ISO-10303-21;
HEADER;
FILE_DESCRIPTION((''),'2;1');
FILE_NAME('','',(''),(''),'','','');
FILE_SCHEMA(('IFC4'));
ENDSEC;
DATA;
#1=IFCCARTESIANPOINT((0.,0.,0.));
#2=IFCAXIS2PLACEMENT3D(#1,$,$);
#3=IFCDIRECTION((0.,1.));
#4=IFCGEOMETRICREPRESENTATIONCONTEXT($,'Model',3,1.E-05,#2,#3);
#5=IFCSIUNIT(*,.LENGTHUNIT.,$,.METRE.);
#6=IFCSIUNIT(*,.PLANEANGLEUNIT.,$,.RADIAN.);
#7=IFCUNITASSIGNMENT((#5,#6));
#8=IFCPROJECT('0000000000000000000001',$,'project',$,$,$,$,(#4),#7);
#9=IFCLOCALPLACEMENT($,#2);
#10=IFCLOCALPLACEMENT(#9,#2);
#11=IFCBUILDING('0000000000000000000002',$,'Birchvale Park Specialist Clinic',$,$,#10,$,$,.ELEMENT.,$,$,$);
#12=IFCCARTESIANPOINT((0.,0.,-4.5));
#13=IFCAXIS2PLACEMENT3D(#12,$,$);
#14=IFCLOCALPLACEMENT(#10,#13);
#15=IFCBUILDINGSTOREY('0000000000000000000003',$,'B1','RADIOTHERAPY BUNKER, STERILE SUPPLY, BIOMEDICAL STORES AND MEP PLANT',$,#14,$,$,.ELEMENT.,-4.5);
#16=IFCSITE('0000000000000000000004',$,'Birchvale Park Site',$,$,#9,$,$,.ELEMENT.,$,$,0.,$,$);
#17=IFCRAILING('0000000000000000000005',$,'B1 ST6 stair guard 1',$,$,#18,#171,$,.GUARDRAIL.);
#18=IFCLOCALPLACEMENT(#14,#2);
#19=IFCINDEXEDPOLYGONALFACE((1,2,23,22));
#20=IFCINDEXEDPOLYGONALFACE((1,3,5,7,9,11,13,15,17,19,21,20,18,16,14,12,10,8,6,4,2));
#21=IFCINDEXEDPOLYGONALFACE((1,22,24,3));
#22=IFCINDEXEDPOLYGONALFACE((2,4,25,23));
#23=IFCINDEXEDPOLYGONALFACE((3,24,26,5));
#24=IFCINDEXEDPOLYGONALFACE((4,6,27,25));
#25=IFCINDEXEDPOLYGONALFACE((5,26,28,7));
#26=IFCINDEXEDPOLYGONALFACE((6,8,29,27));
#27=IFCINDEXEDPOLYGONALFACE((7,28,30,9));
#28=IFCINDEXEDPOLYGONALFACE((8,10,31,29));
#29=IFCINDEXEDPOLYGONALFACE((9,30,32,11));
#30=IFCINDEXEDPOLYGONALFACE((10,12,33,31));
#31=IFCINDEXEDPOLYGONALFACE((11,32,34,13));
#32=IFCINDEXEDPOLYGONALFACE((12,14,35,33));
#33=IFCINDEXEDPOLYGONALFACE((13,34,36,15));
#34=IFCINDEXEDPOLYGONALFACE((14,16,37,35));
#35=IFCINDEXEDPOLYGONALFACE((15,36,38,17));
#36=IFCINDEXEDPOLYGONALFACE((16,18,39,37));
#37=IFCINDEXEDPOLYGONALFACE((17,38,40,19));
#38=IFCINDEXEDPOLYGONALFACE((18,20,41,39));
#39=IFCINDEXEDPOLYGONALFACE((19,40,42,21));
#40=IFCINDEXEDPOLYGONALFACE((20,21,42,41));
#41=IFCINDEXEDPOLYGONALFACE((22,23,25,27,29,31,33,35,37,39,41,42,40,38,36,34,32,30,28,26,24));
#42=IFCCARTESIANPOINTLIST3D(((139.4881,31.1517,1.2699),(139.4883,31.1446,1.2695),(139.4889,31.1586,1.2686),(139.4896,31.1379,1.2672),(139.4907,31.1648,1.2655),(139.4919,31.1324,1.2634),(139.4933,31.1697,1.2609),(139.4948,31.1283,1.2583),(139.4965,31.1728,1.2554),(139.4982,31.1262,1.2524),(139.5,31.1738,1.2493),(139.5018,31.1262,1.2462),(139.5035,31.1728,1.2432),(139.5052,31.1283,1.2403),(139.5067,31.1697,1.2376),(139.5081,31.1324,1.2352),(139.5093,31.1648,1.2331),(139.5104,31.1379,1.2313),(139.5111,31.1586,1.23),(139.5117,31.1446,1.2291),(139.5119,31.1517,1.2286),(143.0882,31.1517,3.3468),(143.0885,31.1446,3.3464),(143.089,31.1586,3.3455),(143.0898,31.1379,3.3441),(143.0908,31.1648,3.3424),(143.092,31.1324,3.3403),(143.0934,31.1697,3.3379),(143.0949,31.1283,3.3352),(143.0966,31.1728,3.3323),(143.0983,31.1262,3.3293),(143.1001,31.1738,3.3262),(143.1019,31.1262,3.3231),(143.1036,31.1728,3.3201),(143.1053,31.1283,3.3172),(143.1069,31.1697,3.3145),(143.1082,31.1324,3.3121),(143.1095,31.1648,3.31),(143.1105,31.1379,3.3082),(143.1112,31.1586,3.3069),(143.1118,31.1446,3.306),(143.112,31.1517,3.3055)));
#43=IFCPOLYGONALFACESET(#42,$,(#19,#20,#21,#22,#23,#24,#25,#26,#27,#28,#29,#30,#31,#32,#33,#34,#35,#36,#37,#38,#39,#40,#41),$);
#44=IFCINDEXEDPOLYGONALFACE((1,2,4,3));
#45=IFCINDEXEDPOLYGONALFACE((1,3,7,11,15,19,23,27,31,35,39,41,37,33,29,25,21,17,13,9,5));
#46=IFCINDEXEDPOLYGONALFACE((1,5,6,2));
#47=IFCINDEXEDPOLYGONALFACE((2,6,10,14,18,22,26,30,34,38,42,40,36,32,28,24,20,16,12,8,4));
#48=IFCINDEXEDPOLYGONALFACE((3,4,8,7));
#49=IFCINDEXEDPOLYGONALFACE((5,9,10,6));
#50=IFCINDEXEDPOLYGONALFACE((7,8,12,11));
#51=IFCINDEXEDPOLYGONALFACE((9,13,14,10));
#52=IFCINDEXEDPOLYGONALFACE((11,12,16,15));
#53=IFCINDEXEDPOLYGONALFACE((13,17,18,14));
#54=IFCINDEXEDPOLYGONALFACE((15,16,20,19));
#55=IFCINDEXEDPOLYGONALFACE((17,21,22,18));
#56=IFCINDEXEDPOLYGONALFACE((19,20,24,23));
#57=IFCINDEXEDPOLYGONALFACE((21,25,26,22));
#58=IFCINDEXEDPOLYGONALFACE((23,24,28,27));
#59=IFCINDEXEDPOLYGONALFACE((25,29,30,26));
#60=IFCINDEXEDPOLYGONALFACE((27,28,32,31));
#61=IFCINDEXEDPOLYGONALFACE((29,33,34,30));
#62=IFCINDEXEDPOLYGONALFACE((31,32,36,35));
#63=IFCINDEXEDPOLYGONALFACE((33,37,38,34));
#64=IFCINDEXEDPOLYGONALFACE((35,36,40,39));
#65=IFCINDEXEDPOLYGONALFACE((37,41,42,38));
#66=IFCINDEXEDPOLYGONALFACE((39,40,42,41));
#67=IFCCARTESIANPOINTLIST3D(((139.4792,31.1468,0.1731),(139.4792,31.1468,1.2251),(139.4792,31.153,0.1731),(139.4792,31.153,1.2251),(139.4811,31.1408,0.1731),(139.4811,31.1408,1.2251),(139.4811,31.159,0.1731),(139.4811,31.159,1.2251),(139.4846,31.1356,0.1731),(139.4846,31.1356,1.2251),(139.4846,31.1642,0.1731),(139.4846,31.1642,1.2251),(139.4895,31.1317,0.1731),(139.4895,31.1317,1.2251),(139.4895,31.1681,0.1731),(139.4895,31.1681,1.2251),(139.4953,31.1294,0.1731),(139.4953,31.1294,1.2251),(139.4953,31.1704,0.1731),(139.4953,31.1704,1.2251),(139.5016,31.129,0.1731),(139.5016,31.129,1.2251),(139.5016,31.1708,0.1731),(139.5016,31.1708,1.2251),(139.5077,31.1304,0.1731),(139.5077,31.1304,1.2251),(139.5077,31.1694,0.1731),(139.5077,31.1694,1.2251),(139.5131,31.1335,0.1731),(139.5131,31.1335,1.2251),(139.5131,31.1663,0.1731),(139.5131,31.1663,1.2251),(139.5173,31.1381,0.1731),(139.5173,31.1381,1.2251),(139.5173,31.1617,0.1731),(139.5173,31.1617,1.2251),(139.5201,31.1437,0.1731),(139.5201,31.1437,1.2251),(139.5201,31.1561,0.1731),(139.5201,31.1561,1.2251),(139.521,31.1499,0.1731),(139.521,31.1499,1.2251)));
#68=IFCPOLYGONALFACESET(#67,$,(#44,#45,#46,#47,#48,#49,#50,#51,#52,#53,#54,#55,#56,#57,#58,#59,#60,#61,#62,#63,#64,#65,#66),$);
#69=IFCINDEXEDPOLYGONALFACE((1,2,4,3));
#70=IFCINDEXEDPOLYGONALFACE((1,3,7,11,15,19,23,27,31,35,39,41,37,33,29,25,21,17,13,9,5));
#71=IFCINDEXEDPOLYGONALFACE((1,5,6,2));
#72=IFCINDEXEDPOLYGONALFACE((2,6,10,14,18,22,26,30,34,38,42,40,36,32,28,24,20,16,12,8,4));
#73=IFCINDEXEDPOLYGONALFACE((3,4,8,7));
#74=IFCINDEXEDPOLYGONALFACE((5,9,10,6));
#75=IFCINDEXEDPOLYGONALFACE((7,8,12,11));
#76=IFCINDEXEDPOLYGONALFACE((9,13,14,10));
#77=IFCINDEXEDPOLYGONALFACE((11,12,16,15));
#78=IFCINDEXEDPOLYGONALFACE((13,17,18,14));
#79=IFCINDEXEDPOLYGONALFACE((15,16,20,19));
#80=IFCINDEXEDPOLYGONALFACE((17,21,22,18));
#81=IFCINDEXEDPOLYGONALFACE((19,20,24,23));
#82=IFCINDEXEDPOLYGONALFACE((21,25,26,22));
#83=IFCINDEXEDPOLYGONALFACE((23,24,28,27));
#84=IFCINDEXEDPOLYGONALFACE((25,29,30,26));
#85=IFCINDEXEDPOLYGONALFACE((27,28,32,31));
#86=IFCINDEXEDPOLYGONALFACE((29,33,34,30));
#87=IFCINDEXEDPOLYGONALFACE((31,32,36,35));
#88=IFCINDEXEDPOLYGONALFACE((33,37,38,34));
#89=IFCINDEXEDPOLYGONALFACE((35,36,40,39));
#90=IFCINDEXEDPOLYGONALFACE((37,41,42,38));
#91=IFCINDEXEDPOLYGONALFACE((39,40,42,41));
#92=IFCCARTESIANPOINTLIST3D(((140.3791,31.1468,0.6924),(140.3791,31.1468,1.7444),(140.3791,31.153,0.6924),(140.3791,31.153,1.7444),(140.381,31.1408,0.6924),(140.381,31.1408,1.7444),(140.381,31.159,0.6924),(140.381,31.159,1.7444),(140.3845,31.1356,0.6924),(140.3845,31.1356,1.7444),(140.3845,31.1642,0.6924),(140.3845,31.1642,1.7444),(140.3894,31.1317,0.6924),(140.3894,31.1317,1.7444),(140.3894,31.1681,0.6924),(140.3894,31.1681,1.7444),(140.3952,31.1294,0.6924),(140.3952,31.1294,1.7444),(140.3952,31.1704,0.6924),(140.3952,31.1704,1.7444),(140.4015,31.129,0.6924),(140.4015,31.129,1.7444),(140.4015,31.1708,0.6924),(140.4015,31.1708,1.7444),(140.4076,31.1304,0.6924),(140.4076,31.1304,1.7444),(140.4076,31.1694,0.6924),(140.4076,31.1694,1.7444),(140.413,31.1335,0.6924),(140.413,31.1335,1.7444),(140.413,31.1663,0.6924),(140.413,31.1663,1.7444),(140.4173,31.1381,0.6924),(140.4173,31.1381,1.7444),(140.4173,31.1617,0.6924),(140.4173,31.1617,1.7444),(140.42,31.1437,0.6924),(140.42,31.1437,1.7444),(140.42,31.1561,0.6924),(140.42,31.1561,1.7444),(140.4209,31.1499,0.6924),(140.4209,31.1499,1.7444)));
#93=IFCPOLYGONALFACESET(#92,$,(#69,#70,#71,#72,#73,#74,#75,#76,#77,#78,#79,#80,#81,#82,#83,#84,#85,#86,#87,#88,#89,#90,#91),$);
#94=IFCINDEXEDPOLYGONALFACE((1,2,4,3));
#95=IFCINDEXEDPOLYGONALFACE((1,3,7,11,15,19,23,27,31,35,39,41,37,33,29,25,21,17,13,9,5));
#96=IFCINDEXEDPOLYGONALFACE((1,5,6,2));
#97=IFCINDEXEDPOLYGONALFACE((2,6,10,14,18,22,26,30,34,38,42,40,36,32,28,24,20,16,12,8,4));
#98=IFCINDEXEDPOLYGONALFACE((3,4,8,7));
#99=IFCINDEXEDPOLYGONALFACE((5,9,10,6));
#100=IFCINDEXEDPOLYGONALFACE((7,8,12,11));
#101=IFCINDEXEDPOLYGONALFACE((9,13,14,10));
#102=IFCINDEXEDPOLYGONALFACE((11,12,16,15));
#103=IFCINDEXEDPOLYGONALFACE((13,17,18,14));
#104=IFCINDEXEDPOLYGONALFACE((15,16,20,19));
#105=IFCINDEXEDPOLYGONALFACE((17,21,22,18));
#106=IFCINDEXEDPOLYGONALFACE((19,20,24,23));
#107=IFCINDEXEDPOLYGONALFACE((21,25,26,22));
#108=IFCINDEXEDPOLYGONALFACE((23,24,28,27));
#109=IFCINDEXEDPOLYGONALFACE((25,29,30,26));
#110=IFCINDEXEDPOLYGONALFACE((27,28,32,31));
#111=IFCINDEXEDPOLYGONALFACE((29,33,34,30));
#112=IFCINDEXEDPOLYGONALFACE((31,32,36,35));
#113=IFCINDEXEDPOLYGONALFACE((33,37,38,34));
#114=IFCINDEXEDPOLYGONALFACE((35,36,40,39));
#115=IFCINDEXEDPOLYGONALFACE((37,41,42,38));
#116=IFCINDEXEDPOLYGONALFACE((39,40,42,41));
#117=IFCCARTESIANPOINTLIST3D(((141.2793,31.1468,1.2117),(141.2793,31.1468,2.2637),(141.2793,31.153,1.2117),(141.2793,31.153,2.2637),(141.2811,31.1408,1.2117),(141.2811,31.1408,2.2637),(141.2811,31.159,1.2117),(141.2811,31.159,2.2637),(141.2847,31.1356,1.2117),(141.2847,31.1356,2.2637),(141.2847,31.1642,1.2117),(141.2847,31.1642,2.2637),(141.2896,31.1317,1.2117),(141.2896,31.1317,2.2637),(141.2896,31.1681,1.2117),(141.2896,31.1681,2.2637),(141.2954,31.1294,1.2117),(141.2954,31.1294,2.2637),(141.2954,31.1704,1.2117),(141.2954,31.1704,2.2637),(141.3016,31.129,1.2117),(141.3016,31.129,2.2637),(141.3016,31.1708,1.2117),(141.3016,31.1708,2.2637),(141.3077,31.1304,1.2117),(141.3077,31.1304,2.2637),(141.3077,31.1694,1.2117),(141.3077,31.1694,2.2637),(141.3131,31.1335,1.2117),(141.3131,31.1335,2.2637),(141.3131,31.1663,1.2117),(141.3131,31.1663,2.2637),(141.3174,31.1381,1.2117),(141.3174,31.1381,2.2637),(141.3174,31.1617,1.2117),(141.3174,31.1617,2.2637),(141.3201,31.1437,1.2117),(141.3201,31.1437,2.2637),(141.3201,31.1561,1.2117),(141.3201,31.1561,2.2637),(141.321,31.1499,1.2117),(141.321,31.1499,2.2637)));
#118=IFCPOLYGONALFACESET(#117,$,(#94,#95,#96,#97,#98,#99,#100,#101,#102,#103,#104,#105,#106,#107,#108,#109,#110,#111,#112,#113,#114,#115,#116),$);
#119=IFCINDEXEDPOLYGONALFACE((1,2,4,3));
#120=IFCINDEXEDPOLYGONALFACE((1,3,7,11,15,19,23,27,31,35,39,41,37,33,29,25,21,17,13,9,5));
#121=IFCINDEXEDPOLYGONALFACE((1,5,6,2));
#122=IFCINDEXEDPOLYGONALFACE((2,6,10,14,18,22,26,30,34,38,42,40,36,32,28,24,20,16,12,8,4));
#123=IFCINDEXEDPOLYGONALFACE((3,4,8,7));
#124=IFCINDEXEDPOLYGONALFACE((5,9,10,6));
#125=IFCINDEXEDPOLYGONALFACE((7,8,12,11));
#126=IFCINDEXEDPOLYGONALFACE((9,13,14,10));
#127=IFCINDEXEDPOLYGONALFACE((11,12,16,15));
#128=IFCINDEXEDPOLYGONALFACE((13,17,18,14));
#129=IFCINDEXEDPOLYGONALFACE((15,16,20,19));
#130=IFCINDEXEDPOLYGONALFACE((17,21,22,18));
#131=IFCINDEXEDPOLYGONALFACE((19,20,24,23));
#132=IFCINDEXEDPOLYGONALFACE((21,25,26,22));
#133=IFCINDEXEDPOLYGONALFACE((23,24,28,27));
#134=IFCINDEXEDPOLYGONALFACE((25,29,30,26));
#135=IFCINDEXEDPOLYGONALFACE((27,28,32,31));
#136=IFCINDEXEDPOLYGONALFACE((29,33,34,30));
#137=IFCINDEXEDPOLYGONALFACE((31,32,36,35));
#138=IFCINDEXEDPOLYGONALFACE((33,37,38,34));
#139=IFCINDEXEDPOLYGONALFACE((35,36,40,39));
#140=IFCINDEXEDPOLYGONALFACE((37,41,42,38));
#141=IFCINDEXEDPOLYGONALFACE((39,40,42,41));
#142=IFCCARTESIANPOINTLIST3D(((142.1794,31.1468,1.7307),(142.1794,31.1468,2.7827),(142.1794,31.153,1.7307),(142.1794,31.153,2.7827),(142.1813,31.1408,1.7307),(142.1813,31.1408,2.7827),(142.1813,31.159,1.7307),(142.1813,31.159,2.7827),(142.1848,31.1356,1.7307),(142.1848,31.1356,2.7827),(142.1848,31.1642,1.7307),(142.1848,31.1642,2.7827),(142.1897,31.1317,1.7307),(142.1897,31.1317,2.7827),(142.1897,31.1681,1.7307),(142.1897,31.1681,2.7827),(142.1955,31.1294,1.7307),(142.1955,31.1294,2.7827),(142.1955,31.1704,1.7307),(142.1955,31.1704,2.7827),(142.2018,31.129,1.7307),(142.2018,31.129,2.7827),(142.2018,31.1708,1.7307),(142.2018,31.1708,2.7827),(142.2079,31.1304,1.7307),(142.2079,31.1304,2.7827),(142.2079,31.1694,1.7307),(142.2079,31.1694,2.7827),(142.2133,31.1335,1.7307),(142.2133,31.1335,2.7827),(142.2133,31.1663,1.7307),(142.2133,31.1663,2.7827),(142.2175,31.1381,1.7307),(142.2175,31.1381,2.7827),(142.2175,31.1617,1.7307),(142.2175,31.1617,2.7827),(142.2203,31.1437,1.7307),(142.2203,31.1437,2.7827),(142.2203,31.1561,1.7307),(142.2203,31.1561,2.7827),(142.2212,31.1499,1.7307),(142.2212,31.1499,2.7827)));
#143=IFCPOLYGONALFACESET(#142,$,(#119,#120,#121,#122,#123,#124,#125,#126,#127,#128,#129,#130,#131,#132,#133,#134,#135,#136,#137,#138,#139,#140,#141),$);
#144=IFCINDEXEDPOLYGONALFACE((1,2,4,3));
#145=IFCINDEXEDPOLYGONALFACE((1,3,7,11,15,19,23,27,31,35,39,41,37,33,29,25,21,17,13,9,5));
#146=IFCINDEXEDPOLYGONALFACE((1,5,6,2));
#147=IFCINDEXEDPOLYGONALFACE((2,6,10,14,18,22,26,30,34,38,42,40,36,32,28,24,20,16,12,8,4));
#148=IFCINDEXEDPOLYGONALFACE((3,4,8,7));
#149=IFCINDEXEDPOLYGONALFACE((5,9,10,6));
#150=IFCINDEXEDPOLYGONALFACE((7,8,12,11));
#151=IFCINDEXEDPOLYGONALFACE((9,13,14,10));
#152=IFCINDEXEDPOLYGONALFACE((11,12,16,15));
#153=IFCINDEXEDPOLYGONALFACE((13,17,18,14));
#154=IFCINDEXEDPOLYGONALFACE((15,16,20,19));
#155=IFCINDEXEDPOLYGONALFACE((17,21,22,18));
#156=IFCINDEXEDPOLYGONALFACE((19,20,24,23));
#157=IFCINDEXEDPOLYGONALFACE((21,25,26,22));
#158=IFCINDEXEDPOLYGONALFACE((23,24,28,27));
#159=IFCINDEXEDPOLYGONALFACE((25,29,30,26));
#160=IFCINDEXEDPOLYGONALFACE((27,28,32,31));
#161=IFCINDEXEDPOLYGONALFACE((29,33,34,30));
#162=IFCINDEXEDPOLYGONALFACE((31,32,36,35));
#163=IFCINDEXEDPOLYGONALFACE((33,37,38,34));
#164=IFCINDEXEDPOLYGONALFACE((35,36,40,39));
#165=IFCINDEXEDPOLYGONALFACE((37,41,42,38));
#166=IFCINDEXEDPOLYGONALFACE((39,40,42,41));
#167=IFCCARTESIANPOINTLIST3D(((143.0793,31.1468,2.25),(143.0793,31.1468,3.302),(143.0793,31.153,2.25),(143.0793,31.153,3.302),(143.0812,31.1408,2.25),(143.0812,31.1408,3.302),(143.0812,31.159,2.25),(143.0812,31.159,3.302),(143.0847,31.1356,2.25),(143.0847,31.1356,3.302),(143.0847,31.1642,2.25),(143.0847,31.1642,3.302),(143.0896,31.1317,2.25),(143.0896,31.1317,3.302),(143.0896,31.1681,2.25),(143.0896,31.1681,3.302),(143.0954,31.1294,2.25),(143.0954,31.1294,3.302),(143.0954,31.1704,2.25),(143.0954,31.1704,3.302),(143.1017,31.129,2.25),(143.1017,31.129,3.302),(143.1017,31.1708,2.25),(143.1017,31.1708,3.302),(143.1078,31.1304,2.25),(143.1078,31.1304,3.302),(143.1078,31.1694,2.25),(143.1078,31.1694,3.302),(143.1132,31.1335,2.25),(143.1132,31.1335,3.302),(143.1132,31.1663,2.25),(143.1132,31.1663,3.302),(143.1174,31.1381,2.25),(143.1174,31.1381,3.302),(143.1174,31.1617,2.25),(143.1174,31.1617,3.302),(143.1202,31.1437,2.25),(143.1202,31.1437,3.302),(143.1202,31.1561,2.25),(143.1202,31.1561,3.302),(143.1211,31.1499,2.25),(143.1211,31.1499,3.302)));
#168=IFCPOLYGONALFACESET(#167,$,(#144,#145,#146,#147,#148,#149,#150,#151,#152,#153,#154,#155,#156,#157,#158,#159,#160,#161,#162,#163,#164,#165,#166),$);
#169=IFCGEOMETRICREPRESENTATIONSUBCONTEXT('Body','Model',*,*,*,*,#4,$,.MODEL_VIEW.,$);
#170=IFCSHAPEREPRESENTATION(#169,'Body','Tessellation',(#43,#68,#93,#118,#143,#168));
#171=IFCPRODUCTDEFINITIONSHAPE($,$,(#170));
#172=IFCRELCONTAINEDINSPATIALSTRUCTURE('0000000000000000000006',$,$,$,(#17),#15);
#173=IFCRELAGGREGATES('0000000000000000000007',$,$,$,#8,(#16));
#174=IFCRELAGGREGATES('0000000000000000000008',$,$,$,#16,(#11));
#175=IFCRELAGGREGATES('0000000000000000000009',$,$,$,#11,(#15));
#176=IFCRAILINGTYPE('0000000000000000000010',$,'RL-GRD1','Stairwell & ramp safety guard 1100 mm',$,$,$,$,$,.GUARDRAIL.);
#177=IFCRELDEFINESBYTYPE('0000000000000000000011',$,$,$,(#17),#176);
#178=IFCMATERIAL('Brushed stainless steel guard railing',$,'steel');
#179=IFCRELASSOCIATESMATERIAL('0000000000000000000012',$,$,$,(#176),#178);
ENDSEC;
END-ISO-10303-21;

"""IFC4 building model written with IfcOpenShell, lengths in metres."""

from ifc_helpers import new_model, si_unit, direction, frame, origin, origin_2d, place, context, subcontext, project, spatial, circle, extrude, material, type_object, element, save


model = new_model("IFC4")

# Units and contexts
model_context = context("Model", 3, precision=1e-05, world=origin(), true_north=direction((0.0, 1.0)))
body_context = subcontext(model_context, "Body", "Model", "MODEL_VIEW")
ifc_project = project(units=[si_unit("LENGTHUNIT", "METRE"), si_unit("PLANEANGLEUNIT", "RADIAN")], contexts=[model_context])

# Site, building, storey
site_placement = place(None, origin())
site = spatial("IfcSite", under=ifc_project, at=site_placement, Name="Birchvale Park Site", CompositionType="ELEMENT", RefElevation=0.0)
building_placement = place(site_placement, origin())
building = spatial("IfcBuilding", under=site, at=building_placement, Name="Birchvale Park Specialist Clinic", CompositionType="ELEMENT")
storey_placement = place(building_placement, frame((0.0, 0.0, -4.5)))
storey = spatial("IfcBuildingStorey", under=building, at=storey_placement, Name="B1", Description="RADIOTHERAPY BUNKER, STERILE SUPPLY, BIOMEDICAL STORES AND MEP PLANT", CompositionType="ELEMENT", Elevation=-4.5)

# Railing
ifc_material_1 = material(Name="Brushed stainless steel guard railing", Category="steel")
railing_type_1 = type_object("IfcRailingType", Name="RL-GRD1", Description="Stairwell & ramp safety guard 1100 mm", PredefinedType="GUARDRAIL", material=ifc_material_1)
railing_1_placement = place(storey_placement, frame((139.5, 31.1499, 0.1731)))
element("IfcRailing", 1, at=railing_1_placement, inside=storey, type_object=railing_type_1, Name="B1 ST6 stair guard 1", PredefinedType="GUARDRAIL", context=body_context, shape_type="SweptSolid", body=[
    extrude(circle(Radius=0.0239, at=origin_2d()), frame((0.0, 0.0, 1.0762), z_axis=(0.866193, 0.0, 0.499709), x_axis=(0.0, 1.0, 0.0)), (0.0, 0.0, 1.0), 4.1562),
    extrude(circle(Radius=0.021, at=origin_2d()), origin(), (0.0, 0.0, 1.0), 1.052),
    extrude(circle(Radius=0.021, at=origin_2d()), frame((0.8999, 0.0, 0.5193)), (0.0, 0.0, 1.0), 1.052),
    extrude(circle(Radius=0.021, at=origin_2d()), frame((1.8, 0.0, 1.0386)), (0.0, 0.0, 1.0), 1.052),
    extrude(circle(Radius=0.021, at=origin_2d()), frame((2.7002, 0.0, 1.5576)), (0.0, 0.0, 1.0), 1.052),
    extrude(circle(Radius=0.021, at=origin_2d()), frame((3.6001, 0.0, 2.0769)), (0.0, 0.0, 1.0), 1.052),
])

save(model, "model.ifc")
